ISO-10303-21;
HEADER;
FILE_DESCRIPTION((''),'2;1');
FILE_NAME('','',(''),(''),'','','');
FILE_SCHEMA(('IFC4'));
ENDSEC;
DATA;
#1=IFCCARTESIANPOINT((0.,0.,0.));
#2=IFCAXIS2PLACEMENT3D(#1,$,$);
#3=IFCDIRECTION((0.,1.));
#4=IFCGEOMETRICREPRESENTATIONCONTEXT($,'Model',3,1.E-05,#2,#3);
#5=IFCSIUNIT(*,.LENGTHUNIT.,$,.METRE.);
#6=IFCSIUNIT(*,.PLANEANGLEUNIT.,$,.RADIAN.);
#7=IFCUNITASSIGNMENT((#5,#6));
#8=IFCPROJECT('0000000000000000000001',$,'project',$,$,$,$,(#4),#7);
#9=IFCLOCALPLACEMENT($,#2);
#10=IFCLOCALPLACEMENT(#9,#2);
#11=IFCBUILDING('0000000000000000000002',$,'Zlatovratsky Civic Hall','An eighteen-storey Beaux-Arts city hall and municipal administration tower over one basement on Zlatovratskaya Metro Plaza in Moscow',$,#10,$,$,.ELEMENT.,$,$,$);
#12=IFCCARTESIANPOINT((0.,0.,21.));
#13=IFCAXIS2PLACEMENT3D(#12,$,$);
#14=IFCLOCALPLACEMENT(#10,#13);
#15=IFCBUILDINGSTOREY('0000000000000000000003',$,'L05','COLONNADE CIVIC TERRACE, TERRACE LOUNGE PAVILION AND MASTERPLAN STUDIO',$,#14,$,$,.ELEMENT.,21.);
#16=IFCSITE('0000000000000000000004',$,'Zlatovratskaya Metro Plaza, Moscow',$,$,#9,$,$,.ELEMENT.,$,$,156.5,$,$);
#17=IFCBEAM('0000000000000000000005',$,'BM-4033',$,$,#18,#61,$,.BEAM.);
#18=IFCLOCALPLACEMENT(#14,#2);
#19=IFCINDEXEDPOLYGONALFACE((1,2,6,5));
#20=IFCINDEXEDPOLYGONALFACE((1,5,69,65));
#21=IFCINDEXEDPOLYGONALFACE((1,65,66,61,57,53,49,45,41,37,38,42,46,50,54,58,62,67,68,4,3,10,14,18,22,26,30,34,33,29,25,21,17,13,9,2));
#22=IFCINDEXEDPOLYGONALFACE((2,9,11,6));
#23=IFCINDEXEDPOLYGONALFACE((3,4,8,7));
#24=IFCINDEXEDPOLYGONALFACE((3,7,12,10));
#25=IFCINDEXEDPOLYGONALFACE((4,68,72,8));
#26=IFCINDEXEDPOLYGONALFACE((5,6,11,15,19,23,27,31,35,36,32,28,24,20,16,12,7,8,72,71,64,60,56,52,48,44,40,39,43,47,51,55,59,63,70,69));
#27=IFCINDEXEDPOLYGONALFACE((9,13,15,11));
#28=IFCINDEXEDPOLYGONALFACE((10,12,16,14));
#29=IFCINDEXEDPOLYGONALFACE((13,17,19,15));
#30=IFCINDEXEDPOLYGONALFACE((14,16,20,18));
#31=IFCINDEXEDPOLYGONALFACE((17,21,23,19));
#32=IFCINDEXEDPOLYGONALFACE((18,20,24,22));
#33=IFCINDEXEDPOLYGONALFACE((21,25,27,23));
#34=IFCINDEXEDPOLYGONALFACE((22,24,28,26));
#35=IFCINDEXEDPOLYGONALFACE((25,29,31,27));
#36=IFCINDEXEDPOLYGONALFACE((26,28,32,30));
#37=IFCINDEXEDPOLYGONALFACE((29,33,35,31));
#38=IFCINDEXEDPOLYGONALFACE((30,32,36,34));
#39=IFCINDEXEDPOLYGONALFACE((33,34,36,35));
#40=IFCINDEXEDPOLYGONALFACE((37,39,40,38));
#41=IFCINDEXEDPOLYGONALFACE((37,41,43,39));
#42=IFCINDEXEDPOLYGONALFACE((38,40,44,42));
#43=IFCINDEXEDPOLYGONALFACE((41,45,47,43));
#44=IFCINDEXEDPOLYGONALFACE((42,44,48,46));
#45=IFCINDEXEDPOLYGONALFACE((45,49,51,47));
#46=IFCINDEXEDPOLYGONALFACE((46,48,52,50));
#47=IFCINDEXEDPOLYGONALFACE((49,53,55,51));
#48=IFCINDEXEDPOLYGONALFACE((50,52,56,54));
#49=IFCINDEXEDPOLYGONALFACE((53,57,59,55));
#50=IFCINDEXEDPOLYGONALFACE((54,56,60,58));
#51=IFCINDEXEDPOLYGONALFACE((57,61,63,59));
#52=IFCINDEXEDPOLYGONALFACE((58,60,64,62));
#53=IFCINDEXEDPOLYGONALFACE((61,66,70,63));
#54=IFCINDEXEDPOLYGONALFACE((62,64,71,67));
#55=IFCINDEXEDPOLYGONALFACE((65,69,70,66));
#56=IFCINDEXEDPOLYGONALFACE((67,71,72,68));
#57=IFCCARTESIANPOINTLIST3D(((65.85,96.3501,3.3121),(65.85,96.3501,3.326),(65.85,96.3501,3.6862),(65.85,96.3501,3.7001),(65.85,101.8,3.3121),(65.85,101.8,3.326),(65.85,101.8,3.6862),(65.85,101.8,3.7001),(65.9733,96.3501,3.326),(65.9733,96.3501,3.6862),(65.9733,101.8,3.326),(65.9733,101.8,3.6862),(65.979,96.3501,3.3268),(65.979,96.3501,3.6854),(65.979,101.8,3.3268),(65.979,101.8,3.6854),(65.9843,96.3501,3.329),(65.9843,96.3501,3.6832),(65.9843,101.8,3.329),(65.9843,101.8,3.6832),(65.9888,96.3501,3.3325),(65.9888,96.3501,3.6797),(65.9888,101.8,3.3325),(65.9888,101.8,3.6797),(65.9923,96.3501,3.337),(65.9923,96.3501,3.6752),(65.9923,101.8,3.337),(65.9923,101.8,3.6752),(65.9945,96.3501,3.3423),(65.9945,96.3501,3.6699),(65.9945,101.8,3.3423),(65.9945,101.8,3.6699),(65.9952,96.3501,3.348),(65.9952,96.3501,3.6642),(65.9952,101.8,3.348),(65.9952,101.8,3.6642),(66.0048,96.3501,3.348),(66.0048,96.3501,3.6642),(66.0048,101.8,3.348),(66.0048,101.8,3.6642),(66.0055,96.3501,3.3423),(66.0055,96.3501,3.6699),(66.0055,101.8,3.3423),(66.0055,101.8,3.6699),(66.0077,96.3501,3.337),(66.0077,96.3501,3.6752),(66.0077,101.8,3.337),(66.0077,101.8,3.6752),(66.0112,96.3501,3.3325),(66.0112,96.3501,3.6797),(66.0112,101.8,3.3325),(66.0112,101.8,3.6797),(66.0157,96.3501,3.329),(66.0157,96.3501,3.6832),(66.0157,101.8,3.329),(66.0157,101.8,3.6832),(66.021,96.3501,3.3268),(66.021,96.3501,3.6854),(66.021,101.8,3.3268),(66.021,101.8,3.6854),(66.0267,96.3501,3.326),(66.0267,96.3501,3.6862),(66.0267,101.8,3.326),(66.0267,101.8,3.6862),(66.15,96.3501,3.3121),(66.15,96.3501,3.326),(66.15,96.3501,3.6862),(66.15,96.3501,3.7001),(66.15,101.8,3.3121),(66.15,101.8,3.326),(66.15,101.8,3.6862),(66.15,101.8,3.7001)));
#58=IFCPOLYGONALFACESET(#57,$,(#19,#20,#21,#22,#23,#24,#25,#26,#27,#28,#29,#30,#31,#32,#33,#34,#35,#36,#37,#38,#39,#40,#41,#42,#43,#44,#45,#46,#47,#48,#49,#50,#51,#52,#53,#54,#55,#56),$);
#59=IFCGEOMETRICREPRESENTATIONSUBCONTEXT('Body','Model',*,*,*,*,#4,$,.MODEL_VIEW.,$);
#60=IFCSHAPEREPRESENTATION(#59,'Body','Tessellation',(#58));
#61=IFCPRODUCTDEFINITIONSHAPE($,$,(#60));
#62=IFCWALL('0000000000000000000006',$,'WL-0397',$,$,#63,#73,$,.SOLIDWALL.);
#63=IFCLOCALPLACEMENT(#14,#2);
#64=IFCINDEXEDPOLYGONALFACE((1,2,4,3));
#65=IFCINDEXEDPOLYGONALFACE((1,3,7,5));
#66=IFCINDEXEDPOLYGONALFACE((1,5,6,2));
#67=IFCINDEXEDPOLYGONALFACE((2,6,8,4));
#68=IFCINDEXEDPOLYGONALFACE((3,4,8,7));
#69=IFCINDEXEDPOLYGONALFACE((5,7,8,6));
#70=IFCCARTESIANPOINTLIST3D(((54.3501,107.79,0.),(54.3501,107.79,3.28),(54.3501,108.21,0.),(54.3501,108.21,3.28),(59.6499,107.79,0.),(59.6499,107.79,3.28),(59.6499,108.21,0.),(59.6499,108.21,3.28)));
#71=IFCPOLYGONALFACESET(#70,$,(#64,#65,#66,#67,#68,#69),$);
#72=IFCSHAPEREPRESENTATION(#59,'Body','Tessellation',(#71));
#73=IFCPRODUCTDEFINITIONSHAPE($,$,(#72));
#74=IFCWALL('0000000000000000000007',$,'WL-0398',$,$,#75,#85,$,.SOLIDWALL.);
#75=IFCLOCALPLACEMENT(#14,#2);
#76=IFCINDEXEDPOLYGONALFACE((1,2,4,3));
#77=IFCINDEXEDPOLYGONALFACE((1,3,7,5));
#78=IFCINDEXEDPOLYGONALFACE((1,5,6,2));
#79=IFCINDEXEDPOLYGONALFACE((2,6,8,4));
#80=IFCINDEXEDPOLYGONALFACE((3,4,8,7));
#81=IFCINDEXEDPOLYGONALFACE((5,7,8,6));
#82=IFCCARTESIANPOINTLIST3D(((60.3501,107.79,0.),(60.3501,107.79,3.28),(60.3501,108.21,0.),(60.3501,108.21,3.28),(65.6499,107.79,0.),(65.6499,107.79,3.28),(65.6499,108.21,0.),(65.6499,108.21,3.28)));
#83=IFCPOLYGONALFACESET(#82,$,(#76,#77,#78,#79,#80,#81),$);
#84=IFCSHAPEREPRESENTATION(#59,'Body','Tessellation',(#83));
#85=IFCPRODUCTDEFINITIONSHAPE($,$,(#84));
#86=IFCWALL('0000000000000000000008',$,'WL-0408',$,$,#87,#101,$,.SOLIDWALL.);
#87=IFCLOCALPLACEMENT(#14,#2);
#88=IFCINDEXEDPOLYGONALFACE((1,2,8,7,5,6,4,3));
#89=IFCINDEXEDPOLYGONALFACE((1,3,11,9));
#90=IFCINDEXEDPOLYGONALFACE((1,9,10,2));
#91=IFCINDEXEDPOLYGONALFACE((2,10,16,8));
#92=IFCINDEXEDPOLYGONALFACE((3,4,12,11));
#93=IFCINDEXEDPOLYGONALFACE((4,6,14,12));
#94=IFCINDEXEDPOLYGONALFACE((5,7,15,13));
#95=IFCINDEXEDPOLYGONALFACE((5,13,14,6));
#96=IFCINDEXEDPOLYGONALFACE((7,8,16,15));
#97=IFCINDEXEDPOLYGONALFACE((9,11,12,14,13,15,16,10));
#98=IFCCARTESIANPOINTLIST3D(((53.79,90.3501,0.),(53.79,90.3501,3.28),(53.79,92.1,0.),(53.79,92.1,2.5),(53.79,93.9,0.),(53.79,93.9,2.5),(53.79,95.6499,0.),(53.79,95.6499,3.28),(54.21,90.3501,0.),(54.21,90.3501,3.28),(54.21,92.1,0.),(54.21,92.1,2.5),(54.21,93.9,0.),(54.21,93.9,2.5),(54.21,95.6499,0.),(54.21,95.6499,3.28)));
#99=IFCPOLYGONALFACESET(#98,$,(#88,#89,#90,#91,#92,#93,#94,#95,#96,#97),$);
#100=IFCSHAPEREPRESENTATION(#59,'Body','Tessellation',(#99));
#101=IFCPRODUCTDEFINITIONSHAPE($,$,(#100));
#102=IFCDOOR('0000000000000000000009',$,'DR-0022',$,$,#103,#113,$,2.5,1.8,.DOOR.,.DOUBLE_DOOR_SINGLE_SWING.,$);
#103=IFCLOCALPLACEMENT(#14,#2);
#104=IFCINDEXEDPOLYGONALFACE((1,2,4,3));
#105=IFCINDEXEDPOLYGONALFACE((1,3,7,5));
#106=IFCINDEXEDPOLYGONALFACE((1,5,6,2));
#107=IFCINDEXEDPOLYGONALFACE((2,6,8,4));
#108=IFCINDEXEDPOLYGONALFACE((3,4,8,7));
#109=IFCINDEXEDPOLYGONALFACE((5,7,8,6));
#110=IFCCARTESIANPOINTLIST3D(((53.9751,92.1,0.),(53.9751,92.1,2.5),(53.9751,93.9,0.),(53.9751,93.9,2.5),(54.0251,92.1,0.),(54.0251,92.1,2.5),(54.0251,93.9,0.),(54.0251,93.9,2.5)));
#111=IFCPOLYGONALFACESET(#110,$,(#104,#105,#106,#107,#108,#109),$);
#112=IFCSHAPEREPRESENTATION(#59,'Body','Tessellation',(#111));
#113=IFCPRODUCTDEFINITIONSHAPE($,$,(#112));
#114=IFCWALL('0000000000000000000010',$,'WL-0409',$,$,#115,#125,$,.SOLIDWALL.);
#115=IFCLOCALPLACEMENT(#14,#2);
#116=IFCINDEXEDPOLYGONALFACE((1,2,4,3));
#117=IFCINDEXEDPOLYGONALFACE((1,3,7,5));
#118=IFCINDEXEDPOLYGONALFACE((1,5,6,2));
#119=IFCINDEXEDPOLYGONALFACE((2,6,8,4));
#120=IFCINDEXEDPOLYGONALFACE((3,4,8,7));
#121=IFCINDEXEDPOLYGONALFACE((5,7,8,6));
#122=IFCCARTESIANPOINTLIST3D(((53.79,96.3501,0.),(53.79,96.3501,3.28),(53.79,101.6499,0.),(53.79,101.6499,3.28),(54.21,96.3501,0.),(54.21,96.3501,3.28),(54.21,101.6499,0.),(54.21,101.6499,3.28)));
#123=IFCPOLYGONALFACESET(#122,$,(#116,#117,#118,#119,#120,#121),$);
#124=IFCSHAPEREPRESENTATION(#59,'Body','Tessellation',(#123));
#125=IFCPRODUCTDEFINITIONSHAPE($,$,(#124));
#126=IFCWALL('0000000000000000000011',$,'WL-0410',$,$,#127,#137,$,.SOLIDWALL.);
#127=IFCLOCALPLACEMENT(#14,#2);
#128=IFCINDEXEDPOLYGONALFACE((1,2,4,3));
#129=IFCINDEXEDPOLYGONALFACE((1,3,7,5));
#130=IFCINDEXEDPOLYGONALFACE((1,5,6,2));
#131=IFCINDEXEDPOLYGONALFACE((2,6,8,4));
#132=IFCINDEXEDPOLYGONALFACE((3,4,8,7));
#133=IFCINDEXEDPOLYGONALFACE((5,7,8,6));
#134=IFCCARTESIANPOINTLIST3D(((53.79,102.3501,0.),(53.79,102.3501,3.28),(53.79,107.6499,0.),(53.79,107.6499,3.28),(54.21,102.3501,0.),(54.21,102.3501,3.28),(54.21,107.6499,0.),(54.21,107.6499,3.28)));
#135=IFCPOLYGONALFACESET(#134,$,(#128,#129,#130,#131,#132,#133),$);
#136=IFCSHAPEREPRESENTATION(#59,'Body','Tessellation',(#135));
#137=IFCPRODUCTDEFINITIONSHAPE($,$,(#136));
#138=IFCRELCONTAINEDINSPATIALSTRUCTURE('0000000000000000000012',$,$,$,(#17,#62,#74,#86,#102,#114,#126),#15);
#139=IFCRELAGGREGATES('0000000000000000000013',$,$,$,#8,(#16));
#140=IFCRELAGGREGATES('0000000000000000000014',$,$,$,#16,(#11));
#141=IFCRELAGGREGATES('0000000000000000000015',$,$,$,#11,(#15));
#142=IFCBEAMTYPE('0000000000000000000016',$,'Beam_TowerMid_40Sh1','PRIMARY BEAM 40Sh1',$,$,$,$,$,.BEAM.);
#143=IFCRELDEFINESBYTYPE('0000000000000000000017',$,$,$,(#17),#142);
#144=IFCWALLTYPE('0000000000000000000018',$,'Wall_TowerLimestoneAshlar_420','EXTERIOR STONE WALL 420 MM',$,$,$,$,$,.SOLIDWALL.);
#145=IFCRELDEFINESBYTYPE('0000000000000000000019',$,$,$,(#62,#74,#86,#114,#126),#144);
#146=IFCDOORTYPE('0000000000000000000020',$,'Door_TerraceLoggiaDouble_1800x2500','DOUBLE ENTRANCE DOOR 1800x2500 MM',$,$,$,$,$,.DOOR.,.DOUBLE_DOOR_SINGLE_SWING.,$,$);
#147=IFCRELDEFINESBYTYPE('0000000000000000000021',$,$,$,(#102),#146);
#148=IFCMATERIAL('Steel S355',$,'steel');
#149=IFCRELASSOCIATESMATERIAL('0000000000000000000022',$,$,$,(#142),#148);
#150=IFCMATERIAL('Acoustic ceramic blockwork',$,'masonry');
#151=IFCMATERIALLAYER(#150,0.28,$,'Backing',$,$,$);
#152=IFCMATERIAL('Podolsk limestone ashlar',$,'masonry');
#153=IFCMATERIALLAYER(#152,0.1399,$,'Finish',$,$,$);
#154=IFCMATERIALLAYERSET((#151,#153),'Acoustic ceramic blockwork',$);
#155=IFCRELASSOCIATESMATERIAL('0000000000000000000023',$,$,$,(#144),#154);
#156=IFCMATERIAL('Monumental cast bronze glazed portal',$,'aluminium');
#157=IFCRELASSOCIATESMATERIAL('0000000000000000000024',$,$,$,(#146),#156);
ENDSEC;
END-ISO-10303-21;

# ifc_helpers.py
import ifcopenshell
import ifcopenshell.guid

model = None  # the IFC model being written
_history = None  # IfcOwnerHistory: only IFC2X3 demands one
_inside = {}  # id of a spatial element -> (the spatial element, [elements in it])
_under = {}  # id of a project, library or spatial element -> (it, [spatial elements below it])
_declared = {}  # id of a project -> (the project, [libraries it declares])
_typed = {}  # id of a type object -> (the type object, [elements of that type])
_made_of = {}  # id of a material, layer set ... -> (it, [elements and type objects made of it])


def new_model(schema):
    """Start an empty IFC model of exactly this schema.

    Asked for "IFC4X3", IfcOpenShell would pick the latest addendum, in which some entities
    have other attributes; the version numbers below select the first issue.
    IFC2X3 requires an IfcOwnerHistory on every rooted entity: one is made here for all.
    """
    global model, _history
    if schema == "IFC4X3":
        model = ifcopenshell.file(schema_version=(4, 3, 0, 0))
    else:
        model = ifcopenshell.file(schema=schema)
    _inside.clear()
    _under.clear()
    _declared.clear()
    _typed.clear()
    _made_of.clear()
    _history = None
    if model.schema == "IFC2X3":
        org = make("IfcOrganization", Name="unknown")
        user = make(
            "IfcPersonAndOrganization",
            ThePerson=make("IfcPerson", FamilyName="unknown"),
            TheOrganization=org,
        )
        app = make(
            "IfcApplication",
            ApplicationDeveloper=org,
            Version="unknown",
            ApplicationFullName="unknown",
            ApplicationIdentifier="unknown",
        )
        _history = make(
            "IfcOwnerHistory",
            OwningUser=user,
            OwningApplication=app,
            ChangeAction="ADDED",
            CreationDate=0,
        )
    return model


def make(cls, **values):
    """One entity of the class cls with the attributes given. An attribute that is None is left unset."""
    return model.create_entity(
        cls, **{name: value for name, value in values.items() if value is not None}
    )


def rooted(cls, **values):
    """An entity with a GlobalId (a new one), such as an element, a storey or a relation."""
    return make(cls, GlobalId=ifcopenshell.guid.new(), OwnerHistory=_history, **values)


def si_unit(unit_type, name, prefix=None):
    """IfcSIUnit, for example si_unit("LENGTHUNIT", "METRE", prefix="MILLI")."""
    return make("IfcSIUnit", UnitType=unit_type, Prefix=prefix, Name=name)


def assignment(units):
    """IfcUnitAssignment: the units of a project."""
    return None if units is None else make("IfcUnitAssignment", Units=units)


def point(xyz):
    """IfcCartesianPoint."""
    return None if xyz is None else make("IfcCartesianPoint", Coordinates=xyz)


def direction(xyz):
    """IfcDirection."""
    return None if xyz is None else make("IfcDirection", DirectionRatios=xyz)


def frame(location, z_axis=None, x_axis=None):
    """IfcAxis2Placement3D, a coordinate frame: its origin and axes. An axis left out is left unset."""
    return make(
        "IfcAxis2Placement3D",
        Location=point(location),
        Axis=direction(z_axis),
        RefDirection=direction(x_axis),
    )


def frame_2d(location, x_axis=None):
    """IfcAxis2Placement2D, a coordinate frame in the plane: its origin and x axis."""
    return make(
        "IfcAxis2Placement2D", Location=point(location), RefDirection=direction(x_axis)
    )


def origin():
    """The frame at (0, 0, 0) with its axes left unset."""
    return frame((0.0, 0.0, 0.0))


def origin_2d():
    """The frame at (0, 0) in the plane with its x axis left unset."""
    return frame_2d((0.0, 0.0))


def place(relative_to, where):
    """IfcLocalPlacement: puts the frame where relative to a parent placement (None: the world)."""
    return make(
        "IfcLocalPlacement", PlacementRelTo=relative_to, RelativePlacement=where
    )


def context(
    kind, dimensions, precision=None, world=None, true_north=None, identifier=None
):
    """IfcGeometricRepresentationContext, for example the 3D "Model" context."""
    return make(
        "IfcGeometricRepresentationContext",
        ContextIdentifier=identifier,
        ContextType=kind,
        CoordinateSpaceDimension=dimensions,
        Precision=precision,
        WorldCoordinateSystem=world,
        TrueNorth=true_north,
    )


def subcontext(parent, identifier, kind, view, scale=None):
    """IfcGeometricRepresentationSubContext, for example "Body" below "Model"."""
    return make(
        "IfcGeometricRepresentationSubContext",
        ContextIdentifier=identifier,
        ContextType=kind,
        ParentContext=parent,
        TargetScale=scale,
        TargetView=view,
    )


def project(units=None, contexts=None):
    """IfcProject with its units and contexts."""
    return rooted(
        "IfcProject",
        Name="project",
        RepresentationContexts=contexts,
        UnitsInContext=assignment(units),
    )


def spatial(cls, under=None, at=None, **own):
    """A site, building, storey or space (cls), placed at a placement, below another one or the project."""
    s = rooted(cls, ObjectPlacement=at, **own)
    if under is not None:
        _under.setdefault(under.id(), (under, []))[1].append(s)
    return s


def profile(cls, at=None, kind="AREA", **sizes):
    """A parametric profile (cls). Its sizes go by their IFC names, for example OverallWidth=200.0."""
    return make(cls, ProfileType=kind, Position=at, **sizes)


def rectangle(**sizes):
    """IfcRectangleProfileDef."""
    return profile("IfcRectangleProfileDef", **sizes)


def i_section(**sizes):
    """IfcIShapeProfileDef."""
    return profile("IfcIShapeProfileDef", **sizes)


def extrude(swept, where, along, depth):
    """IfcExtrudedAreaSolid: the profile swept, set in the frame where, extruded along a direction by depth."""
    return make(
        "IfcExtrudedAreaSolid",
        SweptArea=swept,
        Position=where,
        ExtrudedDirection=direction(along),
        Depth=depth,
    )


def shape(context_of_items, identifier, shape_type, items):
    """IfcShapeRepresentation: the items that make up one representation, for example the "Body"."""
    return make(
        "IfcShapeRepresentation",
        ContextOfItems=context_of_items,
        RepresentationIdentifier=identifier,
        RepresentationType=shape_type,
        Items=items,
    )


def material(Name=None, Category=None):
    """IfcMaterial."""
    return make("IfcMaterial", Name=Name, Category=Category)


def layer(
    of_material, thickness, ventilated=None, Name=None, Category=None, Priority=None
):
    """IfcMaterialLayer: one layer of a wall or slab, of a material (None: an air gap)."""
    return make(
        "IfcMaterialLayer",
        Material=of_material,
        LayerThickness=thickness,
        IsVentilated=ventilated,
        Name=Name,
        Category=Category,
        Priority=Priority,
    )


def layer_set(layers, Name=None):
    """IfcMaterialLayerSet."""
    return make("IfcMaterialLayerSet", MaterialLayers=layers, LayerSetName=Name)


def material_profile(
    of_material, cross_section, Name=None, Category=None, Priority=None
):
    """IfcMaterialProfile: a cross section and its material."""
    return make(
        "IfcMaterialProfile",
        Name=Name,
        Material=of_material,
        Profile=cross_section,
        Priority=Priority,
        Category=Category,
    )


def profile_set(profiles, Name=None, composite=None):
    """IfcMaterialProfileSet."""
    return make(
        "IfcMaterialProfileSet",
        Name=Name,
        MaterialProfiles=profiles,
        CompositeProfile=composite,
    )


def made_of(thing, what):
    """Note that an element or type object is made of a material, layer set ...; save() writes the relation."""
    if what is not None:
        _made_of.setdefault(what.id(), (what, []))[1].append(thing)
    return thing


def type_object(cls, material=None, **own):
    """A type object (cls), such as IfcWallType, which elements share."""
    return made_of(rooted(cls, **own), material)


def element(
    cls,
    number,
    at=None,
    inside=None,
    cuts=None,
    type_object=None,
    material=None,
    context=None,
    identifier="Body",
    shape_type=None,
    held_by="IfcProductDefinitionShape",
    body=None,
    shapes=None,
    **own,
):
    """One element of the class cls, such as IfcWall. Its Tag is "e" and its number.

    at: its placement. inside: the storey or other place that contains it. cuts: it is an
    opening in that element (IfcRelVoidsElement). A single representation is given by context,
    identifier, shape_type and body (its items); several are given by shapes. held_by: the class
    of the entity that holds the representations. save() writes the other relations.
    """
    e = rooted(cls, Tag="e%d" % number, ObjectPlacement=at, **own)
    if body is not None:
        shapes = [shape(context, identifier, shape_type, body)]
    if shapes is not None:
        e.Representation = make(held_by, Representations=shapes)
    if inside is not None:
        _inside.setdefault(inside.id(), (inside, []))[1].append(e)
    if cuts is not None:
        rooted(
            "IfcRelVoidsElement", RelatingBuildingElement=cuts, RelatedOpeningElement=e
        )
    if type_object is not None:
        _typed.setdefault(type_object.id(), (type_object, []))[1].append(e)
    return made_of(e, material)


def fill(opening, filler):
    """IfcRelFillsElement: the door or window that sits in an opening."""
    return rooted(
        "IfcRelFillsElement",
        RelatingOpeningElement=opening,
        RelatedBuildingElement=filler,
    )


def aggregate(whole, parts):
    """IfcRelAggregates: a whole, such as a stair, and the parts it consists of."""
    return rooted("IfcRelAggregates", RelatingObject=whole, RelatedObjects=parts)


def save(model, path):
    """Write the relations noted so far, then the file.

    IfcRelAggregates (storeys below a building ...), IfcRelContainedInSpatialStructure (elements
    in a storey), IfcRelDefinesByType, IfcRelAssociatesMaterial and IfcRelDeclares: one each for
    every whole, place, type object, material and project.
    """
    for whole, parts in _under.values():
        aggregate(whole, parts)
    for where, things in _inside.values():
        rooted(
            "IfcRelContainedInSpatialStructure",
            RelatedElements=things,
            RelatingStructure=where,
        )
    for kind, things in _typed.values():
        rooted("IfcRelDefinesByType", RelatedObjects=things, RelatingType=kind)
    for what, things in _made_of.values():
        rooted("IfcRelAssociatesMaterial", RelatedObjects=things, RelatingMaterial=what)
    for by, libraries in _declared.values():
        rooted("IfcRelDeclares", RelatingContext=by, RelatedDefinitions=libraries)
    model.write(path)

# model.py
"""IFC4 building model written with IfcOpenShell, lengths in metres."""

from ifc_helpers import new_model, si_unit, direction, frame, frame_2d, origin, origin_2d, place, context, subcontext, project, spatial, rectangle, i_section, extrude, material, layer, layer_set, material_profile, profile_set, type_object, element, fill, save


model = new_model("IFC4")

# Units and contexts
model_context = context("Model", 3, precision=1e-05, world=origin(), true_north=direction((0.0, 1.0)))
body_context = subcontext(model_context, "Body", "Model", "MODEL_VIEW")
ifc_project = project(units=[si_unit("LENGTHUNIT", "METRE"), si_unit("PLANEANGLEUNIT", "RADIAN")], contexts=[model_context])

# Site, building, storey
site_placement = place(None, origin())
site = spatial("IfcSite", under=ifc_project, at=site_placement, Name="Zlatovratskaya Metro Plaza, Moscow", CompositionType="ELEMENT", RefElevation=156.5)
building_placement = place(site_placement, origin())
building = spatial("IfcBuilding", under=site, at=building_placement, Name="Zlatovratsky Civic Hall", Description="An eighteen-storey Beaux-Arts city hall and municipal administration tower over one basement on Zlatovratskaya Metro Plaza in Moscow", CompositionType="ELEMENT")
storey_placement = place(building_placement, frame((0.0, 0.0, 21.0)))
storey = spatial("IfcBuildingStorey", under=building, at=storey_placement, Name="L05", Description="COLONNADE CIVIC TERRACE, TERRACE LOUNGE PAVILION AND MASTERPLAN STUDIO", CompositionType="ELEMENT", Elevation=21.0)

# Shared definitions
ifc_material_1 = material(Name="Steel S355", Category="steel")

# Beam
ifc_material_profile_1 = material_profile(ifc_material_1, i_section(OverallWidth=0.3, OverallDepth=0.3879, WebThickness=0.0095, FlangeThickness=0.0139, FilletRadius=0.022, at=origin_2d()), Name="40Sh1")
ifc_profile_set_1 = profile_set([ifc_material_profile_1], Name="Steel S355")
beam_type_1 = type_object("IfcBeamType", Name="Beam_TowerMid_40Sh1", Description="PRIMARY BEAM 40Sh1", PredefinedType="BEAM", material=ifc_profile_set_1)
beam_1_placement = place(storey_placement, frame((66.0, 96.3501, 3.5061), z_axis=(0.0, 1.0, 0.0), x_axis=(-1.0, 0.0, 0.0)))
element("IfcBeam", 1, at=beam_1_placement, inside=storey, type_object=beam_type_1, Name="BM-4033", PredefinedType="BEAM", context=body_context, shape_type="SweptSolid", body=[
    extrude(i_section(OverallWidth=0.3, OverallDepth=0.3879, WebThickness=0.0095, FlangeThickness=0.0139, FilletRadius=0.022, at=origin_2d()), origin(), (0.0, 0.0, 1.0), 5.45),
])

# Walls
ifc_material_2 = material(Name="Acoustic ceramic blockwork", Category="masonry")
ifc_layer_1 = layer(ifc_material_2, 0.28, Name="Backing")
ifc_material_3 = material(Name="Podolsk limestone ashlar", Category="masonry")
ifc_layer_2 = layer(ifc_material_3, 0.1399, Name="Finish")
ifc_layer_set = layer_set([ifc_layer_1, ifc_layer_2], Name="Acoustic ceramic blockwork")
wall_type = type_object("IfcWallType", Name="Wall_TowerLimestoneAshlar_420", Description="EXTERIOR STONE WALL 420 MM", PredefinedType="SOLIDWALL", material=ifc_layer_set)
for number, where, z_axis, x_axis, name in (
    (2, (54.3501, 108.0, 0.0), (0.0, 0.0, 1.0), (1.0, 0.0, 0.0), "WL-0397"),
    (3, (60.3501, 108.0, 0.0), (0.0, 0.0, 1.0), (1.0, 0.0, 0.0), "WL-0398"),
):
    element("IfcWall", number, at=place(storey_placement, frame(where, z_axis=z_axis, x_axis=x_axis)), inside=storey, type_object=wall_type, Name=name, PredefinedType="SOLIDWALL", context=body_context, shape_type="SweptSolid", body=[
        extrude(rectangle(XDim=5.2998, YDim=0.4199, at=frame_2d((2.6499, 0.0))), origin(), (0.0, 0.0, 1.0), 3.28),
    ])

# Wall, opening, door
wall_placement = place(storey_placement, frame((54.0, 90.3501, 0.0), z_axis=(0.0, 0.0, 1.0), x_axis=(0.0, 1.0, 0.0)))
wall = element("IfcWall", 4, at=wall_placement, inside=storey, type_object=wall_type, Name="WL-0408", PredefinedType="SOLIDWALL", context=body_context, shape_type="SweptSolid", body=[
    extrude(rectangle(XDim=5.2998, YDim=0.4199, at=frame_2d((2.6499, 0.0))), origin(), (0.0, 0.0, 1.0), 3.28),
])
opening_placement = place(wall_placement, frame((1.75, 0.0, 0.0)))
opening = element("IfcOpeningElement", 5, at=opening_placement, cuts=wall, PredefinedType="OPENING", context=body_context, shape_type="SweptSolid", body=[
    extrude(rectangle(XDim=1.8, YDim=2.5, at=frame_2d((0.8999, 1.25))), frame((0.0, 0.2249, 0.0), z_axis=(0.0, -1.0, 0.0), x_axis=(1.0, 0.0, 0.0)), (0.0, 0.0, 1.0), 0.4497),
])
ifc_material_4 = material(Name="Monumental cast bronze glazed portal", Category="aluminium")
door_type = type_object("IfcDoorType", Name="Door_TerraceLoggiaDouble_1800x2500", Description="DOUBLE ENTRANCE DOOR 1800x2500 MM", OperationType="DOUBLE_DOOR_SINGLE_SWING", PredefinedType="DOOR", material=ifc_material_4)
door_placement = place(opening_placement, origin())
door = element("IfcDoor", 6, at=door_placement, inside=storey, type_object=door_type, Name="DR-0022", OperationType="DOUBLE_DOOR_SINGLE_SWING", OverallHeight=2.5, OverallWidth=1.8, PredefinedType="DOOR", context=body_context, shape_type="SweptSolid", body=[
    extrude(rectangle(XDim=1.8, YDim=2.5, at=frame_2d((0.8999, 1.25))), frame((0.0, 0.0249, 0.0), z_axis=(0.0, -1.0, 0.0), x_axis=(1.0, 0.0, 0.0)), (0.0, 0.0, 1.0), 0.05),
])
fill(opening, door)

# Walls
for number, where, z_axis, x_axis, name in (
    (7, (54.0, 96.3501, 0.0), (0.0, 0.0, 1.0), (0.0, 1.0, 0.0), "WL-0409"),
    (8, (54.0, 102.3501, 0.0), (0.0, 0.0, 1.0), (0.0, 1.0, 0.0), "WL-0410"),
):
    element("IfcWall", number, at=place(storey_placement, frame(where, z_axis=z_axis, x_axis=x_axis)), inside=storey, type_object=wall_type, Name=name, PredefinedType="SOLIDWALL", context=body_context, shape_type="SweptSolid", body=[
        extrude(rectangle(XDim=5.2998, YDim=0.4199, at=frame_2d((2.6499, 0.0))), origin(), (0.0, 0.0, 1.0), 3.28),
    ])

save(model, "model.ifc")
